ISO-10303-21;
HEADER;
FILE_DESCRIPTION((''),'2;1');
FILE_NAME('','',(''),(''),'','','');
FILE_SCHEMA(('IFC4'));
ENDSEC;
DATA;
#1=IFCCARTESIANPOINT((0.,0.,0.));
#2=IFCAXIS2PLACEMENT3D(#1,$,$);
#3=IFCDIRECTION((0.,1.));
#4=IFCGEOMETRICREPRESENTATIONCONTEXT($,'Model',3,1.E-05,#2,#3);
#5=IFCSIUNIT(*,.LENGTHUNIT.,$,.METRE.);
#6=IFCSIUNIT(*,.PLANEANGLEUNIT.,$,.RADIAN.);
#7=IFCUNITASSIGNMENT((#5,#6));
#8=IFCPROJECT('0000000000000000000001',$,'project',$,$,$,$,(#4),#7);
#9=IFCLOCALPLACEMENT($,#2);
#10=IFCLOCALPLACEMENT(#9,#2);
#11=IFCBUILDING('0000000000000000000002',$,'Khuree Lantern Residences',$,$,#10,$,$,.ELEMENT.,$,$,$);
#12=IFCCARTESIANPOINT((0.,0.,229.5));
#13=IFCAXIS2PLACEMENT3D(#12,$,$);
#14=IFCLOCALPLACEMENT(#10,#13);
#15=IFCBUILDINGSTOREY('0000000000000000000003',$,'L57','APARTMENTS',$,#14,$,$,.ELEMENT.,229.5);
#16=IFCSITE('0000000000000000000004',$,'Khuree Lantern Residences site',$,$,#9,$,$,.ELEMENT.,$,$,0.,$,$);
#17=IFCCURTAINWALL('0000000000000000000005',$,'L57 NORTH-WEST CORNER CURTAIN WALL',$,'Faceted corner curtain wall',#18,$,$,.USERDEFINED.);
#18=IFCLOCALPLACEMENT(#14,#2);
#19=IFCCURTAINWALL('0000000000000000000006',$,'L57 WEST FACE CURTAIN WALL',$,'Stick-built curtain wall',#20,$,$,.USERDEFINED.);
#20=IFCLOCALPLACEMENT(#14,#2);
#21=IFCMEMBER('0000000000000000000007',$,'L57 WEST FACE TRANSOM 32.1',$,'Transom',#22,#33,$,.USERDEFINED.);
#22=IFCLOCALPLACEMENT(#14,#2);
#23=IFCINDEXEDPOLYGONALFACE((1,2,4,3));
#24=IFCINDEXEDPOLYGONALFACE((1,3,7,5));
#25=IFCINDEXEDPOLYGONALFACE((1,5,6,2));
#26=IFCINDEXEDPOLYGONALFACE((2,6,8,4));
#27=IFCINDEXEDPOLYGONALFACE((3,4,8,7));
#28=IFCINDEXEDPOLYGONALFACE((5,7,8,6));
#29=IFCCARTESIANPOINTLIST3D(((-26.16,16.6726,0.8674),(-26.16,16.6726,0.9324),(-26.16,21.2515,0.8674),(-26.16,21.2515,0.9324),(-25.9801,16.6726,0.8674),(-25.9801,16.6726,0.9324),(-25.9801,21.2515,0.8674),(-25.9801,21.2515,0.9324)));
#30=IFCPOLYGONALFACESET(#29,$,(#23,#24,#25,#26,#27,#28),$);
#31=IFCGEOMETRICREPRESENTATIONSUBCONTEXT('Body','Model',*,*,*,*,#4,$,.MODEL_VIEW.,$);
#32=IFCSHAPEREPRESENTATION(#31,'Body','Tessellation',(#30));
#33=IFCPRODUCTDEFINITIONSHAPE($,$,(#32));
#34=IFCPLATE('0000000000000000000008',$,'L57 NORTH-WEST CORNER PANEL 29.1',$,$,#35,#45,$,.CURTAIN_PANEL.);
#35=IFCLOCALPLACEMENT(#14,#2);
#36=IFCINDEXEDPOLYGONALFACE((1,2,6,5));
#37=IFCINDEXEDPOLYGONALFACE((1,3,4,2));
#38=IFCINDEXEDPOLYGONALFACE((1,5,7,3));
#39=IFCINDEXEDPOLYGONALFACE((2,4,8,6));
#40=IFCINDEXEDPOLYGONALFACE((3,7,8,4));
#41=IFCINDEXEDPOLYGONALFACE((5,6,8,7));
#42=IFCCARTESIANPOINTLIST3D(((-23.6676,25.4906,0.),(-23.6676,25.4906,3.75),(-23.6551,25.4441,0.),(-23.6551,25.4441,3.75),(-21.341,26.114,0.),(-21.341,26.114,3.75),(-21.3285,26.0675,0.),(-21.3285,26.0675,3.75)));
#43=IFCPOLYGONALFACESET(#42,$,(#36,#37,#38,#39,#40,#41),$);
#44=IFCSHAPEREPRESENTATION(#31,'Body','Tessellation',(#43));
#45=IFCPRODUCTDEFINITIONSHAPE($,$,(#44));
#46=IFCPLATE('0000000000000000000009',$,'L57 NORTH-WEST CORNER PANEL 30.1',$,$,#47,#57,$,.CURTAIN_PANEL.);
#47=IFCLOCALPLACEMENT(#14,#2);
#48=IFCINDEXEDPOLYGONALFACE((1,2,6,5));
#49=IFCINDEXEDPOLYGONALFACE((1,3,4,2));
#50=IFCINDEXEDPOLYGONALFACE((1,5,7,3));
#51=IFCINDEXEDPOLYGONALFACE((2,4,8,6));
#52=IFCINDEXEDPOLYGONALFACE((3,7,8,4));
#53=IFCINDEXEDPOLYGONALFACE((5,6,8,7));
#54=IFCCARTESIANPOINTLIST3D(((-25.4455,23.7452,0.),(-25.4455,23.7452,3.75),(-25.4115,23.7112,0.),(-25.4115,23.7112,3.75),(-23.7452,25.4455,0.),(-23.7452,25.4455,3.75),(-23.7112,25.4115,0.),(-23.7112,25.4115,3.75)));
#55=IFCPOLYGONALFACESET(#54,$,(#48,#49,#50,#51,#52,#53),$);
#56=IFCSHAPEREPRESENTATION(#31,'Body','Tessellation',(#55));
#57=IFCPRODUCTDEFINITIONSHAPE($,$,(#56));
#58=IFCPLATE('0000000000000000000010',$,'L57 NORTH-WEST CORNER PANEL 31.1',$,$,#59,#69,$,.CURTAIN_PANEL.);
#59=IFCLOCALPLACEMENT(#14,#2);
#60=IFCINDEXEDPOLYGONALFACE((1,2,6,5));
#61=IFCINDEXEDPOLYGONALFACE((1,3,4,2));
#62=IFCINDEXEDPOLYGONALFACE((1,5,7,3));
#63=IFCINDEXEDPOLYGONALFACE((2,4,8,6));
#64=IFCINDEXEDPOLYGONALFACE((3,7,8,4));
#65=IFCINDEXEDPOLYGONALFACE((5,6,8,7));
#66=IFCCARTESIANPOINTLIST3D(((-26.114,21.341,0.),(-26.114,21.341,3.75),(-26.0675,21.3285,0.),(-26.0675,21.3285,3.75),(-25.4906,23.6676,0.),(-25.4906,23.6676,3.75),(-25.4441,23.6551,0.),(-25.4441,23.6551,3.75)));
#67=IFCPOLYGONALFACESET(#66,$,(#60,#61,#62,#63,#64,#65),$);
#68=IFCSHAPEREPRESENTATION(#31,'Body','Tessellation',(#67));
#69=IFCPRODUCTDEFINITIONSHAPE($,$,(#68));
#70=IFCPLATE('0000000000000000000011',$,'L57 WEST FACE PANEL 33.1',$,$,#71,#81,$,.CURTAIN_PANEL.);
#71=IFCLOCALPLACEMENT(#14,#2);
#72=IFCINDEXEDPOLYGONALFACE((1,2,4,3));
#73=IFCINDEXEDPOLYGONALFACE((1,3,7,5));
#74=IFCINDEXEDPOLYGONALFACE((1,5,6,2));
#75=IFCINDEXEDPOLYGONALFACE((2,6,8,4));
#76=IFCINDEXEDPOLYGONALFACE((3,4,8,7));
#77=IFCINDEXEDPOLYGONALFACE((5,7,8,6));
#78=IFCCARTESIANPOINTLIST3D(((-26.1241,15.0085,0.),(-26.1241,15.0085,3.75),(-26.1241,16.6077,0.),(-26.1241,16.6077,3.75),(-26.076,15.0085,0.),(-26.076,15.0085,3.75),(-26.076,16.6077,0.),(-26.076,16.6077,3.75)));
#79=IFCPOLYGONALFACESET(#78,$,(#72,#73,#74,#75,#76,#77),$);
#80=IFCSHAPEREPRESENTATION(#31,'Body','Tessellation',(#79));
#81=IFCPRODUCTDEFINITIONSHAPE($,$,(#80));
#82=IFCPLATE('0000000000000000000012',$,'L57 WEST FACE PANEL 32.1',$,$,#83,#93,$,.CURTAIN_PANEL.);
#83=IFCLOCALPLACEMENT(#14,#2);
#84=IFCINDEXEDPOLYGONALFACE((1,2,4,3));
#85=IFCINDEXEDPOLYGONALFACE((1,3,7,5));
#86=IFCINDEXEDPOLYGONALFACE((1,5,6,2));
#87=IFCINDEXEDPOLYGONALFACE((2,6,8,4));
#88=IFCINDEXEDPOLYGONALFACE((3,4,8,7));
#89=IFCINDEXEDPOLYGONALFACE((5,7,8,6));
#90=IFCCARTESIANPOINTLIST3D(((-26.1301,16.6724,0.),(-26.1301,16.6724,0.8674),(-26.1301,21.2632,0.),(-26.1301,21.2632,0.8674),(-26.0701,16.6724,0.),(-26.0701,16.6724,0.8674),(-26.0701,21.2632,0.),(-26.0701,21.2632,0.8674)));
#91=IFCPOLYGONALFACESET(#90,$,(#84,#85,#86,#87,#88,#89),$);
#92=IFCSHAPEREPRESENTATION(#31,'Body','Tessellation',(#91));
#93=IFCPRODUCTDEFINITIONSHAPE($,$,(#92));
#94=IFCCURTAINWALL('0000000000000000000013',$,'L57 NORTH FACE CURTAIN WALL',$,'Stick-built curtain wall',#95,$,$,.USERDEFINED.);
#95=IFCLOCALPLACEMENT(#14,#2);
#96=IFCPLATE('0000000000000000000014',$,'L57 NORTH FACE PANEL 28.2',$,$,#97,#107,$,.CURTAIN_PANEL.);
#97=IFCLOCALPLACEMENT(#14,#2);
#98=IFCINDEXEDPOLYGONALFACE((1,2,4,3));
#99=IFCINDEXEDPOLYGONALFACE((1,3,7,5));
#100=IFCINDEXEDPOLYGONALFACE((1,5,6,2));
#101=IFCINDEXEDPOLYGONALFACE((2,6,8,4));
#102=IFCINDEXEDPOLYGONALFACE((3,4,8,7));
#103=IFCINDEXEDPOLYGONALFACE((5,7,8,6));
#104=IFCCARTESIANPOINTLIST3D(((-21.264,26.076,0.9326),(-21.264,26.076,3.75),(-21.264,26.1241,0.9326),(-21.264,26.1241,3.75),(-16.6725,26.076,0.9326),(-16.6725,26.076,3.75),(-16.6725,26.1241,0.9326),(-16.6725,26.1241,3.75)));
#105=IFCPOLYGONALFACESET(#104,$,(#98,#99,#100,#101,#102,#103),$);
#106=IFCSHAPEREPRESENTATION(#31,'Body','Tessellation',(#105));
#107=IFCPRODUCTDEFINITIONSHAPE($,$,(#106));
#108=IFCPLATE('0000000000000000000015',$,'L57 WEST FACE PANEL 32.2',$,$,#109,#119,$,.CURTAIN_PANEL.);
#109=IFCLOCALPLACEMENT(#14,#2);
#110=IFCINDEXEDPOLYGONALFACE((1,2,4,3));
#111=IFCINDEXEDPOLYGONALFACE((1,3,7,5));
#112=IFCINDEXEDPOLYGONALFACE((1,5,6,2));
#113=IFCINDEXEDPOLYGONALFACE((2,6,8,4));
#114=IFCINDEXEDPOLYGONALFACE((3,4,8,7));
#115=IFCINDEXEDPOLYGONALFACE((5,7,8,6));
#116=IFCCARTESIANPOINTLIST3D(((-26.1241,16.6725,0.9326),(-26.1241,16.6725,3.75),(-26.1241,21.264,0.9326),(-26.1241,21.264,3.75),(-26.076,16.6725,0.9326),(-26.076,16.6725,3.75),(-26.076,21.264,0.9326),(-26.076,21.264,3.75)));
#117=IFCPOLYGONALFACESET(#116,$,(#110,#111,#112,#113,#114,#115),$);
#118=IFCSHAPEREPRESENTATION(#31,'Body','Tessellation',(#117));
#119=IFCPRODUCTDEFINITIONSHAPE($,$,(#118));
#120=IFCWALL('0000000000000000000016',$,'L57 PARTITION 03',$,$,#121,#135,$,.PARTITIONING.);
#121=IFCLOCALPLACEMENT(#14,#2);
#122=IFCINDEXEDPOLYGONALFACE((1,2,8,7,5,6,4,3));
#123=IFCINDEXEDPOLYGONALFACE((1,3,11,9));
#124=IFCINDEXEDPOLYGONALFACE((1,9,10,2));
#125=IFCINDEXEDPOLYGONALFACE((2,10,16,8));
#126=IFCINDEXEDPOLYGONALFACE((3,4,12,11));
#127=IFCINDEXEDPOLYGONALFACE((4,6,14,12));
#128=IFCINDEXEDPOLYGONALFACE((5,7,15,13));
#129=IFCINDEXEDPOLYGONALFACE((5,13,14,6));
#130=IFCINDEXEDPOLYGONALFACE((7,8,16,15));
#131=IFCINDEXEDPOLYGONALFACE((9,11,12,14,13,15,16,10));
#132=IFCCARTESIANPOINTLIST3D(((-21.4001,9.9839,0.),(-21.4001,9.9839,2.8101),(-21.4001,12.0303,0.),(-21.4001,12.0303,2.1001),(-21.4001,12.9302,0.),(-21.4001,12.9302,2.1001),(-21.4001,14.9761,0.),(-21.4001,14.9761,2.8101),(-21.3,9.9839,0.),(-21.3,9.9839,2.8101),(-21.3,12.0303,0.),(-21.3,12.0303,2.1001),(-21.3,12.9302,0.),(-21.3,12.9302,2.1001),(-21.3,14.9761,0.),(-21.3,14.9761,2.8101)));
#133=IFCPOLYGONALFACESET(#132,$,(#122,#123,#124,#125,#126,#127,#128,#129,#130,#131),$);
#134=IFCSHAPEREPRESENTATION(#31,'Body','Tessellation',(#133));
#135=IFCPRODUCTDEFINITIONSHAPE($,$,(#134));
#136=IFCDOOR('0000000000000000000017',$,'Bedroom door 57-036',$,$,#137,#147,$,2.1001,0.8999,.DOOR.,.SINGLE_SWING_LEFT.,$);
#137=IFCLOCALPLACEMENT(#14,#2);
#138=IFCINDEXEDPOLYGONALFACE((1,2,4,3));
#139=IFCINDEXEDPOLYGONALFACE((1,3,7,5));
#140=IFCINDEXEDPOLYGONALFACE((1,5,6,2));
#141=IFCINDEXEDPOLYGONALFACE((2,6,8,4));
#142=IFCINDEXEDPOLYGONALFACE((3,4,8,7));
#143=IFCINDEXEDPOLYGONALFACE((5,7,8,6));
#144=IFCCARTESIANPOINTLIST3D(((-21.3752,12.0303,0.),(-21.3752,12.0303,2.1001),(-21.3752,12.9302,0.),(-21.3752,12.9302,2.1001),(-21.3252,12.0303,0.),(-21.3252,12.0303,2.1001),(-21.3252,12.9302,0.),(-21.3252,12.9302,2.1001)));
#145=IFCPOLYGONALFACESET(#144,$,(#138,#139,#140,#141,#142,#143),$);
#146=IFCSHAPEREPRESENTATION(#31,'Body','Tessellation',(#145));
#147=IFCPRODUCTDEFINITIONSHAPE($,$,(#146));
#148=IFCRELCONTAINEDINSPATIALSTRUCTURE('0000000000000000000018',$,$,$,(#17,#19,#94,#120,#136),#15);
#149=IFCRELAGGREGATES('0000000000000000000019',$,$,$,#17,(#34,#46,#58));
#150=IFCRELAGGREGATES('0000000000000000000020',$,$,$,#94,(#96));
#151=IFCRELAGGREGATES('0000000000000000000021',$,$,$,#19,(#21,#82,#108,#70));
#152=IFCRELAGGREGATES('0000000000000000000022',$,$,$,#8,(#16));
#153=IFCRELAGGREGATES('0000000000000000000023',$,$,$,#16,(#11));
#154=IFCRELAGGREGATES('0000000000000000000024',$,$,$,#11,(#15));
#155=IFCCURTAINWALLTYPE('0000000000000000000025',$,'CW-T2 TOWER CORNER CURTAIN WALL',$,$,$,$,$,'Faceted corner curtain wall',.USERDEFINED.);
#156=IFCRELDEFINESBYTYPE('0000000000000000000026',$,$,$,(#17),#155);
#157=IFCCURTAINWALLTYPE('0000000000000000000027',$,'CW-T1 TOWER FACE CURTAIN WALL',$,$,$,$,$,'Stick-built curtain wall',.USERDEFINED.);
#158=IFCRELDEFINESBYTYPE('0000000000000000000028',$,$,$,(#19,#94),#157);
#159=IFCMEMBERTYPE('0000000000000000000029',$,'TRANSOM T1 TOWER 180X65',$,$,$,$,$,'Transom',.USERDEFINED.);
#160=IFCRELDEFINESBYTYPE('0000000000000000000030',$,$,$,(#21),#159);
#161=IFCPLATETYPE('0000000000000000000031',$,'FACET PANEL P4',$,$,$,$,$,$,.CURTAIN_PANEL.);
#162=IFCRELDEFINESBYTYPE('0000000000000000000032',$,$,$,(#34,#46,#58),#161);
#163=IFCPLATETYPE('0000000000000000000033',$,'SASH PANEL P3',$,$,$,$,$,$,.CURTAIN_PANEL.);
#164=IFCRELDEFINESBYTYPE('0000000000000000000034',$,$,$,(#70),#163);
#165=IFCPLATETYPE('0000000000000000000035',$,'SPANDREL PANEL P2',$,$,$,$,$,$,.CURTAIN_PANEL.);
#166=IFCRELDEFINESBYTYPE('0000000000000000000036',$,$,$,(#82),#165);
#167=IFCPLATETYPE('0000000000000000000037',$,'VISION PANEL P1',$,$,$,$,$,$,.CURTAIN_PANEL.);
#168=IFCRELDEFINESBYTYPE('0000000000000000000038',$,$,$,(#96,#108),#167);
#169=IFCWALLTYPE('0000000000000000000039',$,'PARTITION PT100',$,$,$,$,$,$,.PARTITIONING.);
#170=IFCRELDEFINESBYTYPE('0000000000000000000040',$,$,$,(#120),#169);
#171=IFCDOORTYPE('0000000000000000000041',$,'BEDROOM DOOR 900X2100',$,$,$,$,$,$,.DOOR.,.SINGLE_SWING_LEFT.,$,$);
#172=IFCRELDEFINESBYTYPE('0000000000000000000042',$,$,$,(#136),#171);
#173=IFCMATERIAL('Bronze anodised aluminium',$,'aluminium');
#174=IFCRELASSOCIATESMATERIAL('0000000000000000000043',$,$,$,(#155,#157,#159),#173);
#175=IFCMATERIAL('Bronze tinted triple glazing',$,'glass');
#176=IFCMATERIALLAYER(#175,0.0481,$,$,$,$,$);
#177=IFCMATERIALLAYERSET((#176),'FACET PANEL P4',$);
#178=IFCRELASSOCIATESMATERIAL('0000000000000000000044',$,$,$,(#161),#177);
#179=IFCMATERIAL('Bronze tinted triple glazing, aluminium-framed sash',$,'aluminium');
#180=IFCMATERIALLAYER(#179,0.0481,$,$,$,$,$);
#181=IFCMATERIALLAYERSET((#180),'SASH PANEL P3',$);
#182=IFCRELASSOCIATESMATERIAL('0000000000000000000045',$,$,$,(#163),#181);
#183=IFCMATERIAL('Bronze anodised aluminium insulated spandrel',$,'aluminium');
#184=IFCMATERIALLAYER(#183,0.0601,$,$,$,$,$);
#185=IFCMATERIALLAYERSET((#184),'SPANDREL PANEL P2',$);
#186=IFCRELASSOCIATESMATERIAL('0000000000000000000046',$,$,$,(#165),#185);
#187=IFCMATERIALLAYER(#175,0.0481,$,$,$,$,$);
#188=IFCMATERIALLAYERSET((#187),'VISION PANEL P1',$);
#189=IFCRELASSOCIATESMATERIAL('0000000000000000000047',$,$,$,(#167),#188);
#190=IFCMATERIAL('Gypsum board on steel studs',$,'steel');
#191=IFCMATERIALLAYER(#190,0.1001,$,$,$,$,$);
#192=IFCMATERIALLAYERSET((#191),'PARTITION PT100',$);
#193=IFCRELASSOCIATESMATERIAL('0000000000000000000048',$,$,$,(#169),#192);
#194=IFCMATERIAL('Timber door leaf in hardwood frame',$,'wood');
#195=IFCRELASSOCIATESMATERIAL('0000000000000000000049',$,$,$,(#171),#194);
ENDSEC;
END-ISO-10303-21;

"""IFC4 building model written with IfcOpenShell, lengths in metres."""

from ifc_helpers import new_model, si_unit, direction, frame, frame_2d, origin, origin_2d, place, context, subcontext, project, spatial, rectangle, extrude, material, layer, layer_set, material_profile, profile_set, type_object, element, fill, aggregate, save


model = new_model("IFC4")

# Units and contexts
model_context = context("Model", 3, precision=1e-05, world=origin(), true_north=direction((0.0, 1.0)))
body_context = subcontext(model_context, "Body", "Model", "MODEL_VIEW")
ifc_project = project(units=[si_unit("LENGTHUNIT", "METRE"), si_unit("PLANEANGLEUNIT", "RADIAN")], contexts=[model_context])

# Site, building, storey
site_placement = place(None, origin())
site = spatial("IfcSite", under=ifc_project, at=site_placement, Name="Khuree Lantern Residences site", CompositionType="ELEMENT", RefElevation=0.0)
building_placement = place(site_placement, origin())
building = spatial("IfcBuilding", under=site, at=building_placement, Name="Khuree Lantern Residences", CompositionType="ELEMENT")
storey_placement = place(building_placement, frame((0.0, 0.0, 229.5)))
storey = spatial("IfcBuildingStorey", under=building, at=storey_placement, Name="L57", Description="APARTMENTS", CompositionType="ELEMENT", Elevation=229.5)

# Curtain wall
ifc_material_1 = material(Name="Bronze anodised aluminium", Category="aluminium")
curtain_wall_type_1 = type_object("IfcCurtainWallType", Name="CW-T2 TOWER CORNER CURTAIN WALL", ElementType="Faceted corner curtain wall", PredefinedType="USERDEFINED", material=ifc_material_1)
curtain_wall_1_placement = place(storey_placement, origin())
curtain_wall_1 = element("IfcCurtainWall", 1, at=curtain_wall_1_placement, inside=storey, type_object=curtain_wall_type_1, Name="L57 NORTH-WEST CORNER CURTAIN WALL", ObjectType="Faceted corner curtain wall", PredefinedType="USERDEFINED")

# Curtain wall, member
curtain_wall_type_2 = type_object("IfcCurtainWallType", Name="CW-T1 TOWER FACE CURTAIN WALL", ElementType="Stick-built curtain wall", PredefinedType="USERDEFINED", material=ifc_material_1)
curtain_wall_2_placement = place(storey_placement, origin())
curtain_wall_2 = element("IfcCurtainWall", 2, at=curtain_wall_2_placement, inside=storey, type_object=curtain_wall_type_2, Name="L57 WEST FACE CURTAIN WALL", ObjectType="Stick-built curtain wall", PredefinedType="USERDEFINED")
ifc_material_profile_1 = material_profile(ifc_material_1, rectangle(XDim=0.1799, YDim=0.0649, at=origin_2d()), Name="T1 180X65")
ifc_profile_set_1 = profile_set([ifc_material_profile_1], Name="Bronze anodised aluminium")
member_type_1 = type_object("IfcMemberType", Name="TRANSOM T1 TOWER 180X65", ElementType="Transom", PredefinedType="USERDEFINED", material=ifc_profile_set_1)
member_1_placement = place(storey_placement, frame((-26.0701, 21.2515, 0.8999), z_axis=(0.0, -1.0, 0.0), x_axis=(1.0, 0.0, 0.0)))
member_1 = element("IfcMember", 3, at=member_1_placement, type_object=member_type_1, Name="L57 WEST FACE TRANSOM 32.1", ObjectType="Transom", PredefinedType="USERDEFINED", context=body_context, shape_type="SweptSolid", body=[
    extrude(rectangle(XDim=0.1799, YDim=0.0649, at=origin_2d()), origin(), (0.0, 0.0, 1.0), 4.5789),
])

# Plates
ifc_material_2 = material(Name="Bronze tinted triple glazing", Category="glass")
ifc_layer_1 = layer(ifc_material_2, 0.0481)
ifc_layer_set_1 = layer_set([ifc_layer_1], Name="FACET PANEL P4")
plate_type_1 = type_object("IfcPlateType", Name="FACET PANEL P4", PredefinedType="CURTAIN_PANEL", material=ifc_layer_set_1)
plate_1_placement = place(storey_placement, frame((-22.498, 25.7791, 0.0), z_axis=(0.0, 0.0, 1.0), x_axis=(-0.965926, -0.258819, 0.0)))
plate_1 = element("IfcPlate", 4, at=plate_1_placement, type_object=plate_type_1, Name="L57 NORTH-WEST CORNER PANEL 29.1", PredefinedType="CURTAIN_PANEL", context=body_context, shape_type="SweptSolid", body=[
    extrude(rectangle(XDim=2.4087, YDim=0.0481, at=origin_2d()), origin(), (0.0, 0.0, 1.0), 3.75),
])
plate_2_placement = place(storey_placement, frame((-24.5784, 24.5784, 0.0), z_axis=(0.0, 0.0, 1.0), x_axis=(-0.707107, -0.707107, 0.0)))
plate_2 = element("IfcPlate", 5, at=plate_2_placement, type_object=plate_type_1, Name="L57 NORTH-WEST CORNER PANEL 30.1", PredefinedType="CURTAIN_PANEL", context=body_context, shape_type="SweptSolid", body=[
    extrude(rectangle(XDim=2.4045, YDim=0.0481, at=origin_2d()), origin(), (0.0, 0.0, 1.0), 3.75),
])
plate_3_placement = place(storey_placement, frame((-25.7791, 22.498, 0.0), z_axis=(0.0, 0.0, 1.0), x_axis=(-0.258819, -0.965926, 0.0)))
plate_3 = element("IfcPlate", 6, at=plate_3_placement, type_object=plate_type_1, Name="L57 NORTH-WEST CORNER PANEL 31.1", PredefinedType="CURTAIN_PANEL", context=body_context, shape_type="SweptSolid", body=[
    extrude(rectangle(XDim=2.4087, YDim=0.0481, at=origin_2d()), origin(), (0.0, 0.0, 1.0), 3.75),
])
aggregate(curtain_wall_1, [plate_1, plate_2, plate_3])
ifc_material_3 = material(Name="Bronze tinted triple glazing, aluminium-framed sash", Category="aluminium")
ifc_layer_2 = layer(ifc_material_3, 0.0481)
ifc_layer_set_2 = layer_set([ifc_layer_2], Name="SASH PANEL P3")
plate_type_2 = type_object("IfcPlateType", Name="SASH PANEL P3", PredefinedType="CURTAIN_PANEL", material=ifc_layer_set_2)
plate_4_placement = place(storey_placement, frame((-26.1001, 15.8081, 0.0), z_axis=(0.0, 0.0, 1.0), x_axis=(0.0, -1.0, 0.0)))
plate_4 = element("IfcPlate", 7, at=plate_4_placement, type_object=plate_type_2, Name="L57 WEST FACE PANEL 33.1", PredefinedType="CURTAIN_PANEL", context=body_context, shape_type="SweptSolid", body=[
    extrude(rectangle(XDim=1.5991, YDim=0.0481, at=origin_2d()), origin(), (0.0, 0.0, 1.0), 3.75),
])
ifc_material_4 = material(Name="Bronze anodised aluminium insulated spandrel", Category="aluminium")
ifc_layer_3 = layer(ifc_material_4, 0.0601)
ifc_layer_set_3 = layer_set([ifc_layer_3], Name="SPANDREL PANEL P2")
plate_type_3 = type_object("IfcPlateType", Name="SPANDREL PANEL P2", PredefinedType="CURTAIN_PANEL", material=ifc_layer_set_3)
plate_5_placement = place(storey_placement, frame((-26.1001, 18.9678, 0.0), z_axis=(0.0, 0.0, 1.0), x_axis=(0.0, -1.0, 0.0)))
plate_5 = element("IfcPlate", 8, at=plate_5_placement, type_object=plate_type_3, Name="L57 WEST FACE PANEL 32.1", PredefinedType="CURTAIN_PANEL", context=body_context, shape_type="SweptSolid", body=[
    extrude(rectangle(XDim=4.5908, YDim=0.0601, at=origin_2d()), origin(), (0.0, 0.0, 1.0), 0.8674),
])

# Curtain wall, plate
curtain_wall_3_placement = place(storey_placement, origin())
curtain_wall_3 = element("IfcCurtainWall", 9, at=curtain_wall_3_placement, inside=storey, type_object=curtain_wall_type_2, Name="L57 NORTH FACE CURTAIN WALL", ObjectType="Stick-built curtain wall", PredefinedType="USERDEFINED")
ifc_layer_4 = layer(ifc_material_2, 0.0481)
ifc_layer_set_4 = layer_set([ifc_layer_4], Name="VISION PANEL P1")
plate_type_4 = type_object("IfcPlateType", Name="VISION PANEL P1", PredefinedType="CURTAIN_PANEL", material=ifc_layer_set_4)
plate_6_placement = place(storey_placement, frame((-18.9683, 26.1001, 0.9326), z_axis=(0.0, 0.0, 1.0), x_axis=(-1.0, 0.0, 0.0)))
plate_6 = element("IfcPlate", 10, at=plate_6_placement, type_object=plate_type_4, Name="L57 NORTH FACE PANEL 28.2", PredefinedType="CURTAIN_PANEL", context=body_context, shape_type="SweptSolid", body=[
    extrude(rectangle(XDim=4.5916, YDim=0.0481, at=origin_2d()), origin(), (0.0, 0.0, 1.0), 2.8174),
])
aggregate(curtain_wall_3, [plate_6])

# Plate
plate_7_placement = place(storey_placement, frame((-26.1001, 18.9683, 0.9326), z_axis=(0.0, 0.0, 1.0), x_axis=(0.0, -1.0, 0.0)))
plate_7 = element("IfcPlate", 11, at=plate_7_placement, type_object=plate_type_4, Name="L57 WEST FACE PANEL 32.2", PredefinedType="CURTAIN_PANEL", context=body_context, shape_type="SweptSolid", body=[
    extrude(rectangle(XDim=4.5916, YDim=0.0481, at=origin_2d()), origin(), (0.0, 0.0, 1.0), 2.8174),
])
aggregate(curtain_wall_2, [member_1, plate_5, plate_7, plate_4])

# Wall, opening, door
ifc_material_5 = material(Name="Gypsum board on steel studs", Category="steel")
ifc_layer_5 = layer(ifc_material_5, 0.1001)
ifc_layer_set_5 = layer_set([ifc_layer_5], Name="PARTITION PT100")
wall_type = type_object("IfcWallType", Name="PARTITION PT100", PredefinedType="PARTITIONING", material=ifc_layer_set_5)
wall_placement = place(storey_placement, frame((-21.3501, 14.9761, 0.0), z_axis=(0.0, 0.0, 1.0), x_axis=(0.0, -1.0, 0.0)))
wall = element("IfcWall", 12, at=wall_placement, inside=storey, type_object=wall_type, Name="L57 PARTITION 03", PredefinedType="PARTITIONING", context=body_context, shape_type="SweptSolid", body=[
    extrude(rectangle(XDim=4.9922, YDim=0.1001, at=frame_2d((2.4961, 0.0))), origin(), (0.0, 0.0, 1.0), 2.8101),
])
opening_placement = place(wall_placement, frame((2.0459, 0.0, 0.0)))
opening = element("IfcOpeningElement", 13, at=opening_placement, cuts=wall, PredefinedType="OPENING", context=body_context, shape_type="SweptSolid", body=[
    extrude(rectangle(XDim=0.8999, YDim=2.1001, at=frame_2d((0.45, 1.05))), frame((0.0, 0.0601, 0.0), z_axis=(0.0, -1.0, 0.0), x_axis=(1.0, 0.0, 0.0)), (0.0, 0.0, 1.0), 0.1201),
])
ifc_material_6 = material(Name="Timber door leaf in hardwood frame", Category="wood")
door_type = type_object("IfcDoorType", Name="BEDROOM DOOR 900X2100", OperationType="SINGLE_SWING_LEFT", PredefinedType="DOOR", material=ifc_material_6)
door_placement = place(opening_placement, origin())
door = element("IfcDoor", 14, at=door_placement, inside=storey, type_object=door_type, Name="Bedroom door 57-036", OperationType="SINGLE_SWING_LEFT", OverallHeight=2.1001, OverallWidth=0.8999, PredefinedType="DOOR", context=body_context, shape_type="SweptSolid", body=[
    extrude(rectangle(XDim=0.8999, YDim=2.1001, at=frame_2d((0.45, 1.05))), frame((0.0, 0.0249, 0.0), z_axis=(0.0, -1.0, 0.0), x_axis=(1.0, 0.0, 0.0)), (0.0, 0.0, 1.0), 0.05),
])
fill(opening, door)

save(model, "model.ifc")
